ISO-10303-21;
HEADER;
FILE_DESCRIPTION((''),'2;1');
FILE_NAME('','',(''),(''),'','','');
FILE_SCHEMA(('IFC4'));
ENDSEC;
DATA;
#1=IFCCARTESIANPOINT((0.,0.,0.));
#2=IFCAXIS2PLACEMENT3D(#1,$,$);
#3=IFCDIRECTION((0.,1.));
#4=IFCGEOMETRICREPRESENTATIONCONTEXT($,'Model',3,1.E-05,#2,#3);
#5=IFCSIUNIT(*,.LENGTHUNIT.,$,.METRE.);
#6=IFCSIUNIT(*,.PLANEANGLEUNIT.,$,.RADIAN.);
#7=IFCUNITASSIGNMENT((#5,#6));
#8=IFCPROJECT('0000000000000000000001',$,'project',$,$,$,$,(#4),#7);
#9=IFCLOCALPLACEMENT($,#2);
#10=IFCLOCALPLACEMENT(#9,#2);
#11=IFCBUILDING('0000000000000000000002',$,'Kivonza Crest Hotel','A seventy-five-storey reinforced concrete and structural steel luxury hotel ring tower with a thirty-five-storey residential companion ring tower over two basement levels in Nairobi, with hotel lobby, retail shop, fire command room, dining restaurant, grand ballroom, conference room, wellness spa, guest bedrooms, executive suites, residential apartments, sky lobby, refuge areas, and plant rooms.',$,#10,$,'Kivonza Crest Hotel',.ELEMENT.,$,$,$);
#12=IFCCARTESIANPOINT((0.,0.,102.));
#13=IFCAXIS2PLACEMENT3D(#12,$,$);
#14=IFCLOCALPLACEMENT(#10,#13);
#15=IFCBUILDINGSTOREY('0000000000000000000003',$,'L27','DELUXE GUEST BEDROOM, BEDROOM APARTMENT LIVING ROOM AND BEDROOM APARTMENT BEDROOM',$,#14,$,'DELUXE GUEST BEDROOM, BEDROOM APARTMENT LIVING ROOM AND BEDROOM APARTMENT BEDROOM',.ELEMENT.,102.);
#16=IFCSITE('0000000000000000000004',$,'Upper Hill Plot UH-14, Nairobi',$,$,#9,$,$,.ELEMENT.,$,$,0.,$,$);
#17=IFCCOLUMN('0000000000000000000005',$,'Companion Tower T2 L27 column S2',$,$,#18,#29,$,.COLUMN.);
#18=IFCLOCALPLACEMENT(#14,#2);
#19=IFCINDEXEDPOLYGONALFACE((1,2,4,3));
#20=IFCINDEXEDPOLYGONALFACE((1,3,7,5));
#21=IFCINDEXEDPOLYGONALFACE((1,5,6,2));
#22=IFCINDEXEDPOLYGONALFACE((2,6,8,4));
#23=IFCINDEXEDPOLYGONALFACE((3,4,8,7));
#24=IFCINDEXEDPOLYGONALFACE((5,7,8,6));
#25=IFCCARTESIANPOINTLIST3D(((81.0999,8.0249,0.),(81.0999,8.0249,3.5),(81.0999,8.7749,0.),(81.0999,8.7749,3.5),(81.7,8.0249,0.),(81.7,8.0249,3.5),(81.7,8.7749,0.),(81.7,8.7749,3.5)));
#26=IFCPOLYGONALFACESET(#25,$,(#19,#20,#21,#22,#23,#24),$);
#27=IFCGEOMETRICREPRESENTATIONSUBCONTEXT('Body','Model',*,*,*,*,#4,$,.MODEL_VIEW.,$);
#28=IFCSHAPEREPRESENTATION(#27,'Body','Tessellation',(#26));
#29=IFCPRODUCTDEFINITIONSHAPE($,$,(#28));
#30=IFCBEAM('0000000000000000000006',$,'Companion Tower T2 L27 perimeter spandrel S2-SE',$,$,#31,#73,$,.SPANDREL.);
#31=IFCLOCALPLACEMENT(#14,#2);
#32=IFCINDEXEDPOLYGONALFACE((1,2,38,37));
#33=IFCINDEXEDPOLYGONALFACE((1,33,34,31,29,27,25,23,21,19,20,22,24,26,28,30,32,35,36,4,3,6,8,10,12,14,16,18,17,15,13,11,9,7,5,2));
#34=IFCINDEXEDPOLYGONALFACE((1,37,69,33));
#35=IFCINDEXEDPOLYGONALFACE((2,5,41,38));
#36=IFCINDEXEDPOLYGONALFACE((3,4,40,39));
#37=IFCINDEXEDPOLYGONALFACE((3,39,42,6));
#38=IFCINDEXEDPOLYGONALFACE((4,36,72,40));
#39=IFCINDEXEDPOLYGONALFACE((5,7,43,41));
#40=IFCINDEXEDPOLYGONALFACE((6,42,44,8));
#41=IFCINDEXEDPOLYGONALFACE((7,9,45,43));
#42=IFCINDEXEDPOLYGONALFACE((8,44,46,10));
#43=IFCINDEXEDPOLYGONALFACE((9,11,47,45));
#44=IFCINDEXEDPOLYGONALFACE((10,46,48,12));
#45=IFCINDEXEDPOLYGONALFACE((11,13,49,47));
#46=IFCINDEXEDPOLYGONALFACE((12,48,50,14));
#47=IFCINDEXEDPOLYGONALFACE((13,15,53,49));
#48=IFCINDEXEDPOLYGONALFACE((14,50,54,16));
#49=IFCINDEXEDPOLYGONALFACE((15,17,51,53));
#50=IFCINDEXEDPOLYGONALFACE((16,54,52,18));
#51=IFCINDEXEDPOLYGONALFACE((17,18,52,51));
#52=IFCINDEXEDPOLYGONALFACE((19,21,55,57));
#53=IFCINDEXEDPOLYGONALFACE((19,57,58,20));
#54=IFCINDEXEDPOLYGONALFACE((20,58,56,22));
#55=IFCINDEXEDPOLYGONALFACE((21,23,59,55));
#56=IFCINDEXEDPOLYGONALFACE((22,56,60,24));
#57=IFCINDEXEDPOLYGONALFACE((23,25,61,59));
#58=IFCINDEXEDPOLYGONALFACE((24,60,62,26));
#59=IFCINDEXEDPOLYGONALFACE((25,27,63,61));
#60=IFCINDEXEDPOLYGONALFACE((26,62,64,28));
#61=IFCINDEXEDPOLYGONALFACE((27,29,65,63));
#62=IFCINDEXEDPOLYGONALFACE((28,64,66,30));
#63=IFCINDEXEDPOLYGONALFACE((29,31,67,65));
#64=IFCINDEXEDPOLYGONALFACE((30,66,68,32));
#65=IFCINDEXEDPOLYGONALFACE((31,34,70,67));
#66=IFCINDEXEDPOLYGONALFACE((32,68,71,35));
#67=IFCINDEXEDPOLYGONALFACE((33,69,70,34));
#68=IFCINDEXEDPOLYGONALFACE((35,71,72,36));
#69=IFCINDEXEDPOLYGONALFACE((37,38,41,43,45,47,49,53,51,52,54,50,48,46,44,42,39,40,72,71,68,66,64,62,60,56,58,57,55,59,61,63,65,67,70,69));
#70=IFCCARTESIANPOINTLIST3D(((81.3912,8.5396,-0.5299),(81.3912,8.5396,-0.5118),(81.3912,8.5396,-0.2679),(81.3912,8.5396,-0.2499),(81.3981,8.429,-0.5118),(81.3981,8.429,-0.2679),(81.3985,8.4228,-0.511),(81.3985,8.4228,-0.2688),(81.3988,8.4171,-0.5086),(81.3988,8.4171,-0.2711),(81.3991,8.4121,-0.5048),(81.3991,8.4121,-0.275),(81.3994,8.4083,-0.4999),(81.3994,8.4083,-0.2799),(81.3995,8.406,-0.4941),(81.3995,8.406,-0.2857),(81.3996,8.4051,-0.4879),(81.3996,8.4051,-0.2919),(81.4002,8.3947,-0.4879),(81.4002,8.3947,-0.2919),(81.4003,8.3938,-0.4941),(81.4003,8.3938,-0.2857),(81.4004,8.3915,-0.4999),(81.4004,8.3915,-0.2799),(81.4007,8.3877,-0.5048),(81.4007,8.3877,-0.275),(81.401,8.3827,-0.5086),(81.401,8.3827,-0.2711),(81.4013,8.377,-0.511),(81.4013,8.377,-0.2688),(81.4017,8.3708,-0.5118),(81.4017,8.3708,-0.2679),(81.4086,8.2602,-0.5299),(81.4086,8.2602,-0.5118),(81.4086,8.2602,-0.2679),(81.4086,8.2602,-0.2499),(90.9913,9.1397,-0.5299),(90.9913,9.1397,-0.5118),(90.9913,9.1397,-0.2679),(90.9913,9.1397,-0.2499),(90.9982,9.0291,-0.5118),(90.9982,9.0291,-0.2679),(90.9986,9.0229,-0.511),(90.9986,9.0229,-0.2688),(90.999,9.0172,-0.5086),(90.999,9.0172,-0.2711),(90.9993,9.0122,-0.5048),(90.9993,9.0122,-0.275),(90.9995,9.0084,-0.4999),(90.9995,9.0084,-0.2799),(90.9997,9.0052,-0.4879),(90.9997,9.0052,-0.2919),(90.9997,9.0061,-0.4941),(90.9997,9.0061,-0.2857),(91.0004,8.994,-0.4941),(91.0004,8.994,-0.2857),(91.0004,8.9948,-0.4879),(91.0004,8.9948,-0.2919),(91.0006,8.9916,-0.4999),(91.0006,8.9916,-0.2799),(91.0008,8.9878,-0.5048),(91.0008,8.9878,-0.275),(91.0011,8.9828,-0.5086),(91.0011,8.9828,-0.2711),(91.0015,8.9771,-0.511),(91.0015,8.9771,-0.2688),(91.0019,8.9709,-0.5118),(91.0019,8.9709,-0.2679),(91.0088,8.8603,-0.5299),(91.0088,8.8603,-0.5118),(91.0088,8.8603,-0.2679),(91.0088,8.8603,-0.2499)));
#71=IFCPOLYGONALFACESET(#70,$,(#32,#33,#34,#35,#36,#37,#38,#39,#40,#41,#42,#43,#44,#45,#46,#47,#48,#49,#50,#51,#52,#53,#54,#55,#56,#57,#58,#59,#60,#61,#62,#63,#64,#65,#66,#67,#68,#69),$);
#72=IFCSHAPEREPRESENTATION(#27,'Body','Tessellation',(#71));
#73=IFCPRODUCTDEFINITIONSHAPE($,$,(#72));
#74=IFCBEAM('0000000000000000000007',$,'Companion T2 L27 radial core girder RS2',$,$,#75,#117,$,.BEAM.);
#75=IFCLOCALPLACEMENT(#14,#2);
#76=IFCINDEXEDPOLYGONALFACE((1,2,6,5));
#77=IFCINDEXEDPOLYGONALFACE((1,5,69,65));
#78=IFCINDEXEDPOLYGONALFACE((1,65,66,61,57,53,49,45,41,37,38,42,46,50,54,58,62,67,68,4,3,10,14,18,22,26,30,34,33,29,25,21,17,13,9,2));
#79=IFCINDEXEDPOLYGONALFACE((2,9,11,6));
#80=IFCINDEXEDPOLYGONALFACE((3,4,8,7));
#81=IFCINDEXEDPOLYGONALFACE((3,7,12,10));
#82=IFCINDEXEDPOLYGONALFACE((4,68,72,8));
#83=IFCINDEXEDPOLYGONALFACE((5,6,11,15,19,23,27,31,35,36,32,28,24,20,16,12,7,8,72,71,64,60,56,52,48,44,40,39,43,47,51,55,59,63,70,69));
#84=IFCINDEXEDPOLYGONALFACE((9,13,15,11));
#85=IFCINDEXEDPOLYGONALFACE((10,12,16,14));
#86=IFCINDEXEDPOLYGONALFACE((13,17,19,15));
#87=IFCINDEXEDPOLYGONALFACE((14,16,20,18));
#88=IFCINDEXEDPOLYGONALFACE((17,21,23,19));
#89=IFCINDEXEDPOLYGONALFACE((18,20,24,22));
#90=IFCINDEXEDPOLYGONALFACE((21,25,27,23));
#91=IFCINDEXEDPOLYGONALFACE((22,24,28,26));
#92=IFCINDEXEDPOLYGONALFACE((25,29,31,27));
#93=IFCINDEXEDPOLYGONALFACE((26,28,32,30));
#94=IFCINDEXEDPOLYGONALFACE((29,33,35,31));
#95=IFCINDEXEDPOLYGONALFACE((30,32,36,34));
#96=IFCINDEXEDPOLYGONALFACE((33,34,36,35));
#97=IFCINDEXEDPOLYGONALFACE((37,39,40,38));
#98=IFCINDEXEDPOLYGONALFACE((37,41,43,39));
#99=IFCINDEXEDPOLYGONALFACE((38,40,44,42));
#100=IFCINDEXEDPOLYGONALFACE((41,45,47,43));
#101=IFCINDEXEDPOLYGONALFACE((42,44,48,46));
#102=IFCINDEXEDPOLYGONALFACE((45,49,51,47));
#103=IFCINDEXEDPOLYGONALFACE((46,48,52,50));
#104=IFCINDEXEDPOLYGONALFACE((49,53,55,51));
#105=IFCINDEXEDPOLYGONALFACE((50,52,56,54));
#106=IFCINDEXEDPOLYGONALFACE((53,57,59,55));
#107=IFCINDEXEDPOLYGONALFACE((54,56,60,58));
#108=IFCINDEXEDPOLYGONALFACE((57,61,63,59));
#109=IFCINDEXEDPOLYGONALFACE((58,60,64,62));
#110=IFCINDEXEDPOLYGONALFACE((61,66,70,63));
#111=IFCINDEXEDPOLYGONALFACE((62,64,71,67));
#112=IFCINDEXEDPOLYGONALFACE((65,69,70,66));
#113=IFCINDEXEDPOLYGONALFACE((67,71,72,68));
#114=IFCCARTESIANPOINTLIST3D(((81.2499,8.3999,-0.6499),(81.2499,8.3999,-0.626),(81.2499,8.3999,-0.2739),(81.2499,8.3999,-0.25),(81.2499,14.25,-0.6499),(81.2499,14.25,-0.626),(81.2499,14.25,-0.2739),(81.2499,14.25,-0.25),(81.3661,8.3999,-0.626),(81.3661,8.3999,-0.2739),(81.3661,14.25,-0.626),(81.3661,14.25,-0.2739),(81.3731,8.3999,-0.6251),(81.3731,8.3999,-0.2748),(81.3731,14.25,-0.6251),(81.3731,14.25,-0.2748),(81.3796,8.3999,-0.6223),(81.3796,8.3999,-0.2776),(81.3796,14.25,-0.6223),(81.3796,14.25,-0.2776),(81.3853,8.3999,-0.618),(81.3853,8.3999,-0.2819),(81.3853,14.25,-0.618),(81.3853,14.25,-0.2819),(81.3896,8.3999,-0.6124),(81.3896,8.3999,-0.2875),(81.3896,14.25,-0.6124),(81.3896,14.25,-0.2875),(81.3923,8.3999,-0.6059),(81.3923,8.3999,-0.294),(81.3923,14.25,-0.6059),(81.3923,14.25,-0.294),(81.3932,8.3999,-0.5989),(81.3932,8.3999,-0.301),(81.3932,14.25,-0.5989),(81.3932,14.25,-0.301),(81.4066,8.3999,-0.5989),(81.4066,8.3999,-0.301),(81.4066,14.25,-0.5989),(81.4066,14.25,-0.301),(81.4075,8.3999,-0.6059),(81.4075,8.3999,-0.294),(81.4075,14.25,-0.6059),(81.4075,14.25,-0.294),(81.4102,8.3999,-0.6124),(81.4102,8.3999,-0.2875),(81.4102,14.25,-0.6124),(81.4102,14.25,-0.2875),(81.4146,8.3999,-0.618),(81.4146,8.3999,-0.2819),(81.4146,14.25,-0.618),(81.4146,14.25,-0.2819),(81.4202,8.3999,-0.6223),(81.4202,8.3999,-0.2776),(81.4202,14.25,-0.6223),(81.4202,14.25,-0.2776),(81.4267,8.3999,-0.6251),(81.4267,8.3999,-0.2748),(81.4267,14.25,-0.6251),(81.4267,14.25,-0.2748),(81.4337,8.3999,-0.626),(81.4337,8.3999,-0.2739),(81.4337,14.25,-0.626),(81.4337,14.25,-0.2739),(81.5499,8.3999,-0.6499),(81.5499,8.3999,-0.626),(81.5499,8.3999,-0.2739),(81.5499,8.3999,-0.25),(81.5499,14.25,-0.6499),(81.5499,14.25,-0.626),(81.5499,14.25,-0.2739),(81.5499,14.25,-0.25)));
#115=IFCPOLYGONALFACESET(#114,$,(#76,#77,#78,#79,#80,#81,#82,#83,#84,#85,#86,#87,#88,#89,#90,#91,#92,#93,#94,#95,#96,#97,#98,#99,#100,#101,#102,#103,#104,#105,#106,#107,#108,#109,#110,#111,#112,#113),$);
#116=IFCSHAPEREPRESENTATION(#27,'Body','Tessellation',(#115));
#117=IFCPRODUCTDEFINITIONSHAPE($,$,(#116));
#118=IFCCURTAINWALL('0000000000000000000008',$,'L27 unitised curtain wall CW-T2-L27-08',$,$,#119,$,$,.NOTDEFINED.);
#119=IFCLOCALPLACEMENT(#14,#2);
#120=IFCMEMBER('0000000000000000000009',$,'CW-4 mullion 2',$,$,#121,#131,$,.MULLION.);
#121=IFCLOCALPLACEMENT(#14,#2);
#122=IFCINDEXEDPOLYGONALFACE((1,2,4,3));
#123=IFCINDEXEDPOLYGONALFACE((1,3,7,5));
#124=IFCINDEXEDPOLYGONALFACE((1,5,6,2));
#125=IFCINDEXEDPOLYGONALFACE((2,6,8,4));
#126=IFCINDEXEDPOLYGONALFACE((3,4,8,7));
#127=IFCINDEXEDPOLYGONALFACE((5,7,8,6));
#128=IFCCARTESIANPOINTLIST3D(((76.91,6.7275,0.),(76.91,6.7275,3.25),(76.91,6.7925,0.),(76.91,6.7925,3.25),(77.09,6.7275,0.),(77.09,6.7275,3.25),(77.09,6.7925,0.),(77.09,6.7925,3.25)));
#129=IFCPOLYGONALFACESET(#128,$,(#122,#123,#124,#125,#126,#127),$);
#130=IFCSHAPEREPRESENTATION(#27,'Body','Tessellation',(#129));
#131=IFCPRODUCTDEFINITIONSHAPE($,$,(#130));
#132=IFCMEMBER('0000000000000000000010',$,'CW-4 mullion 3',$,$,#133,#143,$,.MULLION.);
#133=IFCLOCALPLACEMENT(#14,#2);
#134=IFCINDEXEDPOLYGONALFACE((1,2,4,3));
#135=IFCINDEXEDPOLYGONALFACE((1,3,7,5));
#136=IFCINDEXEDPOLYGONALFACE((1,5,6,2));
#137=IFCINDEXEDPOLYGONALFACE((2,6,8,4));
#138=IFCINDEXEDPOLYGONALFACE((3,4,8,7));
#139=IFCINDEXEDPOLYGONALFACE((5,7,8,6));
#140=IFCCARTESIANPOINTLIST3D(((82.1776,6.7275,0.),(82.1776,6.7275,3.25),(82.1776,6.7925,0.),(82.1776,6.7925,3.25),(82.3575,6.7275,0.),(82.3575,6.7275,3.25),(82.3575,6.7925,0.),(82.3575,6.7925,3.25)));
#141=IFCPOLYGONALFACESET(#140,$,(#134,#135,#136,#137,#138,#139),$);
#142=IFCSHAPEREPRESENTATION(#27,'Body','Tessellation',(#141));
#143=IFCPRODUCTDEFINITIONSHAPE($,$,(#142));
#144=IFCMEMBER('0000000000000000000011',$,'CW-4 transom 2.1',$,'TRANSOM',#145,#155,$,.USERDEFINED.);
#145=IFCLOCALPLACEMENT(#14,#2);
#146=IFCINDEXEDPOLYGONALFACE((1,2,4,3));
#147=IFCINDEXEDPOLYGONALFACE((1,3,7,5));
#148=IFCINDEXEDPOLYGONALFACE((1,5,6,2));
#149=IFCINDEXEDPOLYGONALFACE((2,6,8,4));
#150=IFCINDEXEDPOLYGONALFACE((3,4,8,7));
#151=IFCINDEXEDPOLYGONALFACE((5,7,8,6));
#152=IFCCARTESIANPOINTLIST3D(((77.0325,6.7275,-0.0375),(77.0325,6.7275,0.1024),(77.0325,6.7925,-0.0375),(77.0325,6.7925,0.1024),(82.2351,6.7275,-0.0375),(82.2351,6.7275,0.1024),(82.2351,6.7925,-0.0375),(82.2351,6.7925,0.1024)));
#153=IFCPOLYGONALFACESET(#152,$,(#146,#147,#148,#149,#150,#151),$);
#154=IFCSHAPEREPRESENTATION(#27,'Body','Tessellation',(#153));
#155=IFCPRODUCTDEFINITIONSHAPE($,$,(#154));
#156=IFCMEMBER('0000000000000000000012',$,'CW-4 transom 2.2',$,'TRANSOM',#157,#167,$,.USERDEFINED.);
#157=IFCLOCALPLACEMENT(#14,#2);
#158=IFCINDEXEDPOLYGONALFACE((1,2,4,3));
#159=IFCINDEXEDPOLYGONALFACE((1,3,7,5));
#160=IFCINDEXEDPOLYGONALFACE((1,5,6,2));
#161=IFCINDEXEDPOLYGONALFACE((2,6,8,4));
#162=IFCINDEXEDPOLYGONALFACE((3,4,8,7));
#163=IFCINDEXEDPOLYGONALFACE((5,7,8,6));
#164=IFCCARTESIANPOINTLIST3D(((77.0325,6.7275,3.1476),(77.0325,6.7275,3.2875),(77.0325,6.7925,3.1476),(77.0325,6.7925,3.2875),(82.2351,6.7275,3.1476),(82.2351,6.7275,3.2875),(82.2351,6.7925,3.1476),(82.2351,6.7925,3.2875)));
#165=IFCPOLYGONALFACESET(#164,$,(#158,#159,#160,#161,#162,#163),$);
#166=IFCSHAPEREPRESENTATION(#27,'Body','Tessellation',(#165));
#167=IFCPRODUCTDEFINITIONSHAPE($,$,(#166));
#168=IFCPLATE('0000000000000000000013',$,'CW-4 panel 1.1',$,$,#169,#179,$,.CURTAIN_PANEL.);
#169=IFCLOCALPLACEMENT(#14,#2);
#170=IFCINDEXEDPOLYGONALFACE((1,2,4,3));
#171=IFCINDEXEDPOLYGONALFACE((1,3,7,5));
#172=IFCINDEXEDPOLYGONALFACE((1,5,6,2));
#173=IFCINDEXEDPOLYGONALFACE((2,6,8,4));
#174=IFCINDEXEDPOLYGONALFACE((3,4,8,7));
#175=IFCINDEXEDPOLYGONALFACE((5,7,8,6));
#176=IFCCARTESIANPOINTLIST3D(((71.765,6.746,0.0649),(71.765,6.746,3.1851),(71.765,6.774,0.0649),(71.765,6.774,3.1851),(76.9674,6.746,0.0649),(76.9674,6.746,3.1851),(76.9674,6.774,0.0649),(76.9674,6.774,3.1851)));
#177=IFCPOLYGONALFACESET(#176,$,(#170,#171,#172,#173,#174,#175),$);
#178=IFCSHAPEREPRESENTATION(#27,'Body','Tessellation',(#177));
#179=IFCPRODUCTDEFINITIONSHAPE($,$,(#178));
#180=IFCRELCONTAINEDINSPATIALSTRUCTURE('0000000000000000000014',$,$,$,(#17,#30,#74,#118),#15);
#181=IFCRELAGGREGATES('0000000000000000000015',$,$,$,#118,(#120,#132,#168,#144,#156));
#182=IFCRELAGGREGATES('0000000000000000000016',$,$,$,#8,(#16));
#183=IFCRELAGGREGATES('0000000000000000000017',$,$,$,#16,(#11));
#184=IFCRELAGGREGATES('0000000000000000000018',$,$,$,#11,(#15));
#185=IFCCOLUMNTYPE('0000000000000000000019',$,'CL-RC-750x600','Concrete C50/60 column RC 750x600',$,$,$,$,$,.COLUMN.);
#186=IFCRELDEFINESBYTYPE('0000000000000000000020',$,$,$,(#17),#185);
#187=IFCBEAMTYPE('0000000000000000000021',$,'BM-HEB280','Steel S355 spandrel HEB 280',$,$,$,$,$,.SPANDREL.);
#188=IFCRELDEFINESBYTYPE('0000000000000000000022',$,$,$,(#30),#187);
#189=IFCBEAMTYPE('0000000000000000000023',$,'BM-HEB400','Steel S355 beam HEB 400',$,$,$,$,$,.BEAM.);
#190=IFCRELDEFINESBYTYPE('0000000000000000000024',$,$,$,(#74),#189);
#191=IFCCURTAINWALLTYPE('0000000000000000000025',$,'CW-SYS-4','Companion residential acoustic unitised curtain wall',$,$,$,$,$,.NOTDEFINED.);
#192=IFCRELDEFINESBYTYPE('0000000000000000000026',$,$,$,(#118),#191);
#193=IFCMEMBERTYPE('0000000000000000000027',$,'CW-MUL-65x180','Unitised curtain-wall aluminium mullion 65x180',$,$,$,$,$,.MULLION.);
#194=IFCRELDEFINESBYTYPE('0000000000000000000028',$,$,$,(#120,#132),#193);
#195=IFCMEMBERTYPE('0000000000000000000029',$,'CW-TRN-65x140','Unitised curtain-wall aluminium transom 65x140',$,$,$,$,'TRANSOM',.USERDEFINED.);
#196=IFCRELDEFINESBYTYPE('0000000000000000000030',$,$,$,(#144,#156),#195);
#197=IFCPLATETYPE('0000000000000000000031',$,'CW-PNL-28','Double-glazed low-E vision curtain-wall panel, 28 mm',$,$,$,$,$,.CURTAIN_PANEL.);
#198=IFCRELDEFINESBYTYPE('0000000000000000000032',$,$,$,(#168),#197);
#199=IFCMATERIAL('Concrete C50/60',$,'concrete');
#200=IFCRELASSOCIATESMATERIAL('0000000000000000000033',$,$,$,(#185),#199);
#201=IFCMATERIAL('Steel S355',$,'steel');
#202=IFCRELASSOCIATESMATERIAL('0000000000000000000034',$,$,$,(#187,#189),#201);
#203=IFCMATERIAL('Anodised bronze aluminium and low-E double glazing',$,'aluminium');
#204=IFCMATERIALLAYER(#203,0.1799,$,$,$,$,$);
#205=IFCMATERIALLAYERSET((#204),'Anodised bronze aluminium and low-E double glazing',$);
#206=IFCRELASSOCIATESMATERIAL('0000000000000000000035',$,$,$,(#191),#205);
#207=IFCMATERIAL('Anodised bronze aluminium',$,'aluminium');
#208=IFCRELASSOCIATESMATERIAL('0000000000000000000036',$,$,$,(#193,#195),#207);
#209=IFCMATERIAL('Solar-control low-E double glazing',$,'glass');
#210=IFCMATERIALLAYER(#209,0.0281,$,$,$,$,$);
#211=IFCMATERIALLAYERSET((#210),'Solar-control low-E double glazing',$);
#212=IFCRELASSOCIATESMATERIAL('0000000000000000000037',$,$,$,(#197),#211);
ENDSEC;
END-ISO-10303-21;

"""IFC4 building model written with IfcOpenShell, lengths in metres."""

from ifc_helpers import new_model, si_unit, direction, frame, origin, origin_2d, place, context, subcontext, project, spatial, rectangle, i_section, extrude, material, layer, layer_set, material_profile, profile_set, type_object, element, aggregate, save


model = new_model("IFC4")

# Units and contexts
model_context = context("Model", 3, precision=1e-05, world=origin(), true_north=direction((0.0, 1.0)))
body_context = subcontext(model_context, "Body", "Model", "MODEL_VIEW")
ifc_project = project(units=[si_unit("LENGTHUNIT", "METRE"), si_unit("PLANEANGLEUNIT", "RADIAN")], contexts=[model_context])

# Site, building, storey
site_placement = place(None, origin())
site = spatial("IfcSite", under=ifc_project, at=site_placement, Name="Upper Hill Plot UH-14, Nairobi", CompositionType="ELEMENT", RefElevation=0.0)
building_placement = place(site_placement, origin())
building = spatial("IfcBuilding", under=site, at=building_placement, Name="Kivonza Crest Hotel", Description="A seventy-five-storey reinforced concrete and structural steel luxury hotel ring tower with a thirty-five-storey residential companion ring tower over two basement levels in Nairobi, with hotel lobby, retail shop, fire command room, dining restaurant, grand ballroom, conference room, wellness spa, guest bedrooms, executive suites, residential apartments, sky lobby, refuge areas, and plant rooms.", LongName="Kivonza Crest Hotel", CompositionType="ELEMENT")
storey_placement = place(building_placement, frame((0.0, 0.0, 102.0)))
storey = spatial("IfcBuildingStorey", under=building, at=storey_placement, Name="L27", Description="DELUXE GUEST BEDROOM, BEDROOM APARTMENT LIVING ROOM AND BEDROOM APARTMENT BEDROOM", LongName="DELUXE GUEST BEDROOM, BEDROOM APARTMENT LIVING ROOM AND BEDROOM APARTMENT BEDROOM", CompositionType="ELEMENT", Elevation=102.0)

# Column
ifc_material_1 = material(Name="Concrete C50/60", Category="concrete")
ifc_material_profile_1 = material_profile(ifc_material_1, rectangle(XDim=0.6001, YDim=0.75, at=origin_2d()), Name="RC 750x600")
ifc_profile_set_1 = profile_set([ifc_material_profile_1], Name="Concrete C50/60")
column_type = type_object("IfcColumnType", Name="CL-RC-750x600", Description="Concrete C50/60 column RC 750x600", PredefinedType="COLUMN", material=ifc_profile_set_1)
column_placement = place(storey_placement, frame((81.3999, 8.3999, 0.0), z_axis=(0.0, 0.0, 1.0), x_axis=(1.0, 0.0, 0.0)))
element("IfcColumn", 1, at=column_placement, inside=storey, type_object=column_type, Name="Companion Tower T2 L27 column S2", PredefinedType="COLUMN", context=body_context, shape_type="SweptSolid", body=[
    extrude(rectangle(XDim=0.6001, YDim=0.75, at=origin_2d()), origin(), (0.0, 0.0, 1.0), 3.5),
])

# Beams
ifc_material_2 = material(Name="Steel S355", Category="steel")
ifc_material_profile_2 = material_profile(ifc_material_2, i_section(OverallWidth=0.28, OverallDepth=0.28, WebThickness=0.0105, FlangeThickness=0.0181, FilletRadius=0.0239, at=origin_2d()), Name="HEB 280")
ifc_profile_set_2 = profile_set([ifc_material_profile_2], Name="Steel S355")
beam_type_1 = type_object("IfcBeamType", Name="BM-HEB280", Description="Steel S355 spandrel HEB 280", PredefinedType="SPANDREL", material=ifc_profile_set_2)
beam_1_placement = place(storey_placement, frame((81.3999, 8.3999, -0.3899), z_axis=(0.998052, 0.062388, 0.0), x_axis=(-0.062388, 0.998052, 0.0)))
element("IfcBeam", 2, at=beam_1_placement, inside=storey, type_object=beam_type_1, Name="Companion Tower T2 L27 perimeter spandrel S2-SE", PredefinedType="SPANDREL", context=body_context, shape_type="SweptSolid", body=[
    extrude(i_section(OverallWidth=0.28, OverallDepth=0.28, WebThickness=0.0105, FlangeThickness=0.0181, FilletRadius=0.0239, at=origin_2d()), origin(), (0.0, 0.0, 1.0), 9.6189),
])
ifc_material_profile_3 = material_profile(ifc_material_2, i_section(OverallWidth=0.3, OverallDepth=0.3999, WebThickness=0.0134, FlangeThickness=0.0239, FilletRadius=0.0271, at=origin_2d()), Name="HEB 400")
ifc_profile_set_3 = profile_set([ifc_material_profile_3], Name="Steel S355")
beam_type_2 = type_object("IfcBeamType", Name="BM-HEB400", Description="Steel S355 beam HEB 400", PredefinedType="BEAM", material=ifc_profile_set_3)
beam_2_placement = place(storey_placement, frame((81.3999, 8.3999, -0.45), z_axis=(0.0, 1.0, 0.0), x_axis=(-1.0, 0.0, 0.0)))
element("IfcBeam", 3, at=beam_2_placement, inside=storey, type_object=beam_type_2, Name="Companion T2 L27 radial core girder RS2", PredefinedType="BEAM", context=body_context, shape_type="SweptSolid", body=[
    extrude(i_section(OverallWidth=0.3, OverallDepth=0.3999, WebThickness=0.0134, FlangeThickness=0.0239, FilletRadius=0.0271, at=origin_2d()), origin(), (0.0, 0.0, 1.0), 5.8501),
])

# Curtain wall, members, plate
ifc_material_3 = material(Name="Anodised bronze aluminium and low-E double glazing", Category="aluminium")
ifc_layer_1 = layer(ifc_material_3, 0.1799)
ifc_layer_set_1 = layer_set([ifc_layer_1], Name="Anodised bronze aluminium and low-E double glazing")
curtain_wall_type = type_object("IfcCurtainWallType", Name="CW-SYS-4", Description="Companion residential acoustic unitised curtain wall", PredefinedType="NOTDEFINED", material=ifc_layer_set_1)
curtain_wall_placement = place(storey_placement, origin())
curtain_wall = element("IfcCurtainWall", 4, at=curtain_wall_placement, inside=storey, type_object=curtain_wall_type, Name="L27 unitised curtain wall CW-T2-L27-08", PredefinedType="NOTDEFINED")
ifc_material_4 = material(Name="Anodised bronze aluminium", Category="aluminium")
ifc_material_profile_4 = material_profile(ifc_material_4, rectangle(XDim=0.0649, YDim=0.1799, at=origin_2d()), Name="CW-M 65x180")
ifc_profile_set_4 = profile_set([ifc_material_profile_4], Name="Anodised bronze aluminium")
member_type_1 = type_object("IfcMemberType", Name="CW-MUL-65x180", Description="Unitised curtain-wall aluminium mullion 65x180", PredefinedType="MULLION", material=ifc_profile_set_4)
member_1_placement = place(storey_placement, frame((77.0, 6.76, 0.0), z_axis=(0.0, 0.0, 1.0), x_axis=(0.0, 1.0, 0.0)))
member_1 = element("IfcMember", 5, at=member_1_placement, type_object=member_type_1, Name="CW-4 mullion 2", PredefinedType="MULLION", context=body_context, shape_type="SweptSolid", body=[
    extrude(rectangle(XDim=0.0649, YDim=0.1799, at=origin_2d()), origin(), (0.0, 0.0, 1.0), 3.25),
])
member_2_placement = place(storey_placement, frame((82.2676, 6.76, 0.0), z_axis=(0.0, 0.0, 1.0), x_axis=(0.0, 1.0, 0.0)))
member_2 = element("IfcMember", 6, at=member_2_placement, type_object=member_type_1, Name="CW-4 mullion 3", PredefinedType="MULLION", context=body_context, shape_type="SweptSolid", body=[
    extrude(rectangle(XDim=0.0649, YDim=0.1799, at=origin_2d()), origin(), (0.0, 0.0, 1.0), 3.25),
])
ifc_material_profile_5 = material_profile(ifc_material_4, rectangle(XDim=0.0649, YDim=0.1399, at=origin_2d()), Name="CW-T 65x140")
ifc_profile_set_5 = profile_set([ifc_material_profile_5], Name="Anodised bronze aluminium")
member_type_2 = type_object("IfcMemberType", Name="CW-TRN-65x140", Description="Unitised curtain-wall aluminium transom 65x140", ElementType="TRANSOM", PredefinedType="USERDEFINED", material=ifc_profile_set_5)
member_3_placement = place(storey_placement, frame((77.0325, 6.76, 0.0325), z_axis=(1.0, 0.0, 0.0), x_axis=(0.0, 1.0, 0.0)))
member_3 = element("IfcMember", 7, at=member_3_placement, type_object=member_type_2, Name="CW-4 transom 2.1", ObjectType="TRANSOM", PredefinedType="USERDEFINED", context=body_context, shape_type="SweptSolid", body=[
    extrude(rectangle(XDim=0.0649, YDim=0.1399, at=origin_2d()), origin(), (0.0, 0.0, 1.0), 5.2026),
])
member_4_placement = place(storey_placement, frame((77.0325, 6.76, 3.2175), z_axis=(1.0, 0.0, 0.0), x_axis=(0.0, 1.0, 0.0)))
member_4 = element("IfcMember", 8, at=member_4_placement, type_object=member_type_2, Name="CW-4 transom 2.2", ObjectType="TRANSOM", PredefinedType="USERDEFINED", context=body_context, shape_type="SweptSolid", body=[
    extrude(rectangle(XDim=0.0649, YDim=0.1399, at=origin_2d()), origin(), (0.0, 0.0, 1.0), 5.2026),
])
ifc_material_5 = material(Name="Solar-control low-E double glazing", Category="glass")
ifc_layer_2 = layer(ifc_material_5, 0.0281)
ifc_layer_set_2 = layer_set([ifc_layer_2], Name="Solar-control low-E double glazing")
plate_type = type_object("IfcPlateType", Name="CW-PNL-28", Description="Double-glazed low-E vision curtain-wall panel, 28 mm", PredefinedType="CURTAIN_PANEL", material=ifc_layer_set_2)
plate_1_placement = place(storey_placement, frame((74.3662, 6.76, 0.0649), z_axis=(0.0, 0.0, 1.0), x_axis=(1.0, 0.0, 0.0)))
plate_1 = element("IfcPlate", 9, at=plate_1_placement, type_object=plate_type, Name="CW-4 panel 1.1", PredefinedType="CURTAIN_PANEL", context=body_context, shape_type="SweptSolid", body=[
    extrude(rectangle(XDim=5.2024, YDim=0.0281, at=origin_2d()), origin(), (0.0, 0.0, 1.0), 3.1201),
])
aggregate(curtain_wall, [member_1, member_2, plate_1, member_3, member_4])

save(model, "model.ifc")
